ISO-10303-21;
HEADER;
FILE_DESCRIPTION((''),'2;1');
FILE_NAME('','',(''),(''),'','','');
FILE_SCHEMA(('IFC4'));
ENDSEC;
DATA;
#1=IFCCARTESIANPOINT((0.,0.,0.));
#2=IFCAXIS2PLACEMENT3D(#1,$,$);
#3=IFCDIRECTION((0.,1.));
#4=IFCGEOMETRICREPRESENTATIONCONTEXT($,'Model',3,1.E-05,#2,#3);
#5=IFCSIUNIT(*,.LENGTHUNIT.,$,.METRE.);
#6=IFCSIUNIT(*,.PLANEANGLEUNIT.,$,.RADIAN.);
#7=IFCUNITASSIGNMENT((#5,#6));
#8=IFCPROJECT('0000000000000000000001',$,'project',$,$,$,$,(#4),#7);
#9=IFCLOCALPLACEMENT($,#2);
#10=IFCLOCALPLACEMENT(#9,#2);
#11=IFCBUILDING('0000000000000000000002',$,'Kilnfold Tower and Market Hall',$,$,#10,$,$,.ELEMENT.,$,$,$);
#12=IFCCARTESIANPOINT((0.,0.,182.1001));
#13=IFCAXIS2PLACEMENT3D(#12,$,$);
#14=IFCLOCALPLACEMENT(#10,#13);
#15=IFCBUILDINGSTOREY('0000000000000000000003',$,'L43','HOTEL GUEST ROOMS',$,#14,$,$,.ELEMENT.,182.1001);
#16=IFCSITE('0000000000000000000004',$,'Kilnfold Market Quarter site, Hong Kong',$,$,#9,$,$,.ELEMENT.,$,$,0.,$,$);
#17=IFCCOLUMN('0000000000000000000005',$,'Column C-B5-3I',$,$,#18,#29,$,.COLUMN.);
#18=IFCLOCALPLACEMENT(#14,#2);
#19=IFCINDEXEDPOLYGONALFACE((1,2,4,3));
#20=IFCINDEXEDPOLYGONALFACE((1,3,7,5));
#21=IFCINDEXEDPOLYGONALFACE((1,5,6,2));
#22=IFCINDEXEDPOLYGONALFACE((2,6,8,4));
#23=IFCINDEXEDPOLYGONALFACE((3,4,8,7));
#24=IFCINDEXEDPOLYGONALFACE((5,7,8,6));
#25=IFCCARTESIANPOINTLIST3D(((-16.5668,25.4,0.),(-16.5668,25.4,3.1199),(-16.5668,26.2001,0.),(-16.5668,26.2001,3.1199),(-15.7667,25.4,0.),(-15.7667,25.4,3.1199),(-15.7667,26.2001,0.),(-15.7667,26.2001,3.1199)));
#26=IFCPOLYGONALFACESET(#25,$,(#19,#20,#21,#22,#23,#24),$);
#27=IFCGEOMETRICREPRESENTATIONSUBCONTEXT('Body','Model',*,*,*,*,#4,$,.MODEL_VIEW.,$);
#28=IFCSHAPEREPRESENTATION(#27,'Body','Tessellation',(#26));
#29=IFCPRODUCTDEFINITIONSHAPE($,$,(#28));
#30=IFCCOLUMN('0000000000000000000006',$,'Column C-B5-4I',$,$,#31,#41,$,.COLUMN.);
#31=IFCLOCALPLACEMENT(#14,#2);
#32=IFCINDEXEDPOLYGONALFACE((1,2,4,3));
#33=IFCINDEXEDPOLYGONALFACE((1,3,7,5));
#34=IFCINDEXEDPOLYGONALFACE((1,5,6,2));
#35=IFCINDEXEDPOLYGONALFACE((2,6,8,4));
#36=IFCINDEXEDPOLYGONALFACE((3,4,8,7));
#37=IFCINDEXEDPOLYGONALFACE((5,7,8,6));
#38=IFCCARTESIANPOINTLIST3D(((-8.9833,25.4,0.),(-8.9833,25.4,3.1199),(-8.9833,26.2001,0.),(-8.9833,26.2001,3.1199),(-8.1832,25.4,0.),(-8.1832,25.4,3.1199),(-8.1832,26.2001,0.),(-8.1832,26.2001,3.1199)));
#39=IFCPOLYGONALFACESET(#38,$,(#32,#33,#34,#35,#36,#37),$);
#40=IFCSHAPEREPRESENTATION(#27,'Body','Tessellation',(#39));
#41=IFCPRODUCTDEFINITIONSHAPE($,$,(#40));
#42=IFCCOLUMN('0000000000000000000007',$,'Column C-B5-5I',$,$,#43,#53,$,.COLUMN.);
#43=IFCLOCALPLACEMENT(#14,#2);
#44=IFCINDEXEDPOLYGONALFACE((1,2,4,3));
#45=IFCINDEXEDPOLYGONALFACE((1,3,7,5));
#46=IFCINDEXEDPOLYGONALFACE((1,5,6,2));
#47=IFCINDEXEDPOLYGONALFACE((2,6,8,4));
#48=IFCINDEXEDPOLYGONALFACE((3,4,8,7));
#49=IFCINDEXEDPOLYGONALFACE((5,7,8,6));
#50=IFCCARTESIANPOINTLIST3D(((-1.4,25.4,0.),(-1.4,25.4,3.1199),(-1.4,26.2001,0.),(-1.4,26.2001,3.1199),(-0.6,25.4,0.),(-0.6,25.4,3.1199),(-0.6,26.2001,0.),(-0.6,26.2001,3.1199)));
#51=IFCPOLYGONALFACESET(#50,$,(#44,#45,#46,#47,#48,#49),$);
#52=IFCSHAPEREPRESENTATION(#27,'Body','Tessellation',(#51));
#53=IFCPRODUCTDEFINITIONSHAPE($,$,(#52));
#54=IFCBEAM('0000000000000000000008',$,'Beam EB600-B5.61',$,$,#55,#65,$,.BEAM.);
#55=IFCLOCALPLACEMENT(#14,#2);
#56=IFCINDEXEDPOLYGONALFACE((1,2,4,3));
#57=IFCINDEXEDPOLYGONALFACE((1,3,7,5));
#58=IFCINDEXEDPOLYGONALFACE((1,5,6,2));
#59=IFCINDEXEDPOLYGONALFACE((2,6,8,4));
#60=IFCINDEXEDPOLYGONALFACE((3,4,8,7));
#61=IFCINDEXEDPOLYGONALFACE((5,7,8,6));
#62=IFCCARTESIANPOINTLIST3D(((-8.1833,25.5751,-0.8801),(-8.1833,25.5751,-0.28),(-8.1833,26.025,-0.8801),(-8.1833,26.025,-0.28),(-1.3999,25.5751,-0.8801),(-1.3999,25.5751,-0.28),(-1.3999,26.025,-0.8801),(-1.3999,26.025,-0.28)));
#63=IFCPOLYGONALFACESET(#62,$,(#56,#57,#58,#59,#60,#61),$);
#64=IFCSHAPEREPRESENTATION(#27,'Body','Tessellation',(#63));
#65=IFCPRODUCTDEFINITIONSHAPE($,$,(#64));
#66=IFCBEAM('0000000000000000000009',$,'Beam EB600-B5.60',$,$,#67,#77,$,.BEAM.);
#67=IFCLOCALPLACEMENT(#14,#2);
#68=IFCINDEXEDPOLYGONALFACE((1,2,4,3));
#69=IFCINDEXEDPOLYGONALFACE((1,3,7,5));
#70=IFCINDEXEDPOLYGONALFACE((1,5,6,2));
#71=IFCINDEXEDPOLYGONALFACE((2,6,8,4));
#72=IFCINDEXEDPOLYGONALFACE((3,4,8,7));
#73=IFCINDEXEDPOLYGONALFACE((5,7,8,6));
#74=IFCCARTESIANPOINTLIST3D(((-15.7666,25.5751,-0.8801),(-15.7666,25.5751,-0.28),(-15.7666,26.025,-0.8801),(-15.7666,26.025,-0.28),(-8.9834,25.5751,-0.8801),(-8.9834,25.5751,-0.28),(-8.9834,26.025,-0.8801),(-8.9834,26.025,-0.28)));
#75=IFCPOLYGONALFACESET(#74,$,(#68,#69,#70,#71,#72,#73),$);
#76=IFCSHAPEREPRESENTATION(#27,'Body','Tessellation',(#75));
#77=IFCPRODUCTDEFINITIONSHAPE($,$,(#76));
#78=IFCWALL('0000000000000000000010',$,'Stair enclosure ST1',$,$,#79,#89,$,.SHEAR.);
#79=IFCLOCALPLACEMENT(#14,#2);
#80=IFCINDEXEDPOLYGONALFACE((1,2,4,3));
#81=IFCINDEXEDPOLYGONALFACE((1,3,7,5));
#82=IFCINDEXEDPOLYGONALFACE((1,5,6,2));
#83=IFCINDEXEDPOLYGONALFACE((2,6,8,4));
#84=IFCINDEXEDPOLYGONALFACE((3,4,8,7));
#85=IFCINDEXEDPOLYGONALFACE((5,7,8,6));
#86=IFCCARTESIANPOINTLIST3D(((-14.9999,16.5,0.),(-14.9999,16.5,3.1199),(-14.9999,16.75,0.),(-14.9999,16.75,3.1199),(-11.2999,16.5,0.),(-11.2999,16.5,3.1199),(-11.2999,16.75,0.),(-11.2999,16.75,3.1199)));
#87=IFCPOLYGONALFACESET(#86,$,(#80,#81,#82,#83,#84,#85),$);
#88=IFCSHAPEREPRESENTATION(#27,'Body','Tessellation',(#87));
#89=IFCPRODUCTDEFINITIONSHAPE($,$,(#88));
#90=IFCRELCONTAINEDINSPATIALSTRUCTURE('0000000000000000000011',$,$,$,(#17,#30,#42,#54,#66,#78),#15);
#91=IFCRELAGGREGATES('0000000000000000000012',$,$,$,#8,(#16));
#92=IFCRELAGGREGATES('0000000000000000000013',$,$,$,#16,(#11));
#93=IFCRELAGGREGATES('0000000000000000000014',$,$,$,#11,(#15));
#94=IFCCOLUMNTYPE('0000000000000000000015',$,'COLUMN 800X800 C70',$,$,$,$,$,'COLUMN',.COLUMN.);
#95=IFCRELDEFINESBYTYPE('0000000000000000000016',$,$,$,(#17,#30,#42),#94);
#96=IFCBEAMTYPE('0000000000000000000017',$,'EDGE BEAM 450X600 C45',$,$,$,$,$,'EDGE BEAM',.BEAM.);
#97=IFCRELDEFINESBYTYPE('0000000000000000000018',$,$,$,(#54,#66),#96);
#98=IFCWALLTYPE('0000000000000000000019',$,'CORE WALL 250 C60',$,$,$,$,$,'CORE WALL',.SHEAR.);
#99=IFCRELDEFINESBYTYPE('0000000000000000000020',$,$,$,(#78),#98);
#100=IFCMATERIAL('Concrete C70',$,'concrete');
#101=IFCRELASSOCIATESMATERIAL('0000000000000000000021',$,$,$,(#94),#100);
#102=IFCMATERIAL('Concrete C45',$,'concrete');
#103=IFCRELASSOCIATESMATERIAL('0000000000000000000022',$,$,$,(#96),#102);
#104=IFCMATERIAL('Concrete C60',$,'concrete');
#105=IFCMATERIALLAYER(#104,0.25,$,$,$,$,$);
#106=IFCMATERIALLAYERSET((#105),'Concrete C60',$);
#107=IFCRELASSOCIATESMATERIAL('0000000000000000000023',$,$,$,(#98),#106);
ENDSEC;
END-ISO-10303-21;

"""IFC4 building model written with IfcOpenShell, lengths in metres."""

from ifc_helpers import new_model, si_unit, direction, frame, frame_2d, origin, origin_2d, place, context, subcontext, project, spatial, rectangle, extrude, source, transform, mapped, material, layer, layer_set, material_profile, profile_set, type_object, element, save


model = new_model("IFC4")

# Units and contexts
model_context = context("Model", 3, precision=1e-05, world=origin(), true_north=direction((0.0, 1.0)))
body_context = subcontext(model_context, "Body", "Model", "MODEL_VIEW")
ifc_project = project(units=[si_unit("LENGTHUNIT", "METRE"), si_unit("PLANEANGLEUNIT", "RADIAN")], contexts=[model_context])

# Site, building, storey
site_placement = place(None, origin())
site = spatial("IfcSite", under=ifc_project, at=site_placement, Name="Kilnfold Market Quarter site, Hong Kong", CompositionType="ELEMENT", RefElevation=0.0)
building_placement = place(site_placement, origin())
building = spatial("IfcBuilding", under=site, at=building_placement, Name="Kilnfold Tower and Market Hall", CompositionType="ELEMENT")
storey_placement = place(building_placement, frame((0.0, 0.0, 182.1001)))
storey = spatial("IfcBuildingStorey", under=building, at=storey_placement, Name="L43", Description="HOTEL GUEST ROOMS", CompositionType="ELEMENT", Elevation=182.1001)

# Columns
ifc_material_1 = material(Name="Concrete C70", Category="concrete")
ifc_material_profile_1 = material_profile(ifc_material_1, rectangle(XDim=0.8, YDim=0.8, at=origin_2d()), Name="RC 800x800")
ifc_profile_set_1 = profile_set([ifc_material_profile_1], Name="Concrete C70")
column_type = type_object("IfcColumnType", Name="COLUMN 800X800 C70", ElementType="COLUMN", PredefinedType="COLUMN", material=ifc_profile_set_1)
shared_shape_1 = source(origin(), body_context, "Body", "SweptSolid", [
    extrude(rectangle(XDim=0.8, YDim=0.8, at=origin_2d()), origin(), (0.0, 0.0, 1.0), 3.1199),
])
for number, where, z_axis, x_axis, name in (
    (1, (-16.1667, 25.8, 0.0), (0.0, 0.0, 1.0), (1.0, 0.0, 0.0), "Column C-B5-3I"),
    (2, (-8.5833, 25.8, 0.0), (0.0, 0.0, 1.0), (1.0, 0.0, 0.0), "Column C-B5-4I"),
    (3, (-1.0, 25.8, 0.0), (0.0, 0.0, 1.0), (1.0, 0.0, 0.0), "Column C-B5-5I"),
):
    element("IfcColumn", number, at=place(storey_placement, frame(where, z_axis=z_axis, x_axis=x_axis)), inside=storey, type_object=column_type, Name=name, PredefinedType="COLUMN", context=body_context, shape_type="MappedRepresentation", body=[
        mapped(shared_shape_1, transform((0.0, 0.0, 0.0))),
    ])

# Beams
ifc_material_2 = material(Name="Concrete C45", Category="concrete")
ifc_material_profile_2 = material_profile(ifc_material_2, rectangle(XDim=0.45, YDim=0.6001, at=origin_2d()), Name="RC 450x600")
ifc_profile_set_2 = profile_set([ifc_material_profile_2], Name="Concrete C45")
beam_type = type_object("IfcBeamType", Name="EDGE BEAM 450X600 C45", ElementType="EDGE BEAM", PredefinedType="BEAM", material=ifc_profile_set_2)
shared_shape_2 = source(origin(), body_context, "Body", "SweptSolid", [
    extrude(rectangle(XDim=0.45, YDim=0.6001, at=origin_2d()), origin(), (0.0, 0.0, 1.0), 6.7834),
])
beam_1_placement = place(storey_placement, frame((-8.1833, 25.8, -0.5801), z_axis=(1.0, 0.0, 0.0), x_axis=(0.0, 1.0, 0.0)))
element("IfcBeam", 4, at=beam_1_placement, inside=storey, type_object=beam_type, Name="Beam EB600-B5.61", PredefinedType="BEAM", context=body_context, shape_type="MappedRepresentation", body=[
    mapped(shared_shape_2, transform((0.0, 0.0, 0.0))),
])
shared_shape_3 = source(origin(), body_context, "Body", "SweptSolid", [
    extrude(rectangle(XDim=0.45, YDim=0.6001, at=origin_2d()), origin(), (0.0, 0.0, 1.0), 6.7832),
])
beam_2_placement = place(storey_placement, frame((-15.7666, 25.8, -0.5801), z_axis=(1.0, 0.0, 0.0), x_axis=(0.0, 1.0, 0.0)))
element("IfcBeam", 5, at=beam_2_placement, inside=storey, type_object=beam_type, Name="Beam EB600-B5.60", PredefinedType="BEAM", context=body_context, shape_type="MappedRepresentation", body=[
    mapped(shared_shape_3, transform((0.0, 0.0, 0.0))),
])

# Wall
ifc_material_3 = material(Name="Concrete C60", Category="concrete")
ifc_layer_1 = layer(ifc_material_3, 0.25)
ifc_layer_set_1 = layer_set([ifc_layer_1], Name="Concrete C60")
wall_type_1 = type_object("IfcWallType", Name="CORE WALL 250 C60", ElementType="CORE WALL", PredefinedType="SHEAR", material=ifc_layer_set_1)
shared_shape_4 = source(origin(), body_context, "Body", "SweptSolid", [
    extrude(rectangle(XDim=3.7, YDim=0.25, at=frame_2d((1.8501, 0.0))), origin(), (0.0, 0.0, 1.0), 3.1199),
])
wall_1_placement = place(storey_placement, frame((-15.0, 16.625, 0.0), z_axis=(0.0, 0.0, 1.0), x_axis=(1.0, 0.0, 0.0)))
element("IfcWall", 6, at=wall_1_placement, inside=storey, type_object=wall_type_1, Name="Stair enclosure ST1", PredefinedType="SHEAR", context=body_context, shape_type="MappedRepresentation", body=[
    mapped(shared_shape_4, transform((0.0, 0.0, 0.0))),
])

save(model, "model.ifc")
